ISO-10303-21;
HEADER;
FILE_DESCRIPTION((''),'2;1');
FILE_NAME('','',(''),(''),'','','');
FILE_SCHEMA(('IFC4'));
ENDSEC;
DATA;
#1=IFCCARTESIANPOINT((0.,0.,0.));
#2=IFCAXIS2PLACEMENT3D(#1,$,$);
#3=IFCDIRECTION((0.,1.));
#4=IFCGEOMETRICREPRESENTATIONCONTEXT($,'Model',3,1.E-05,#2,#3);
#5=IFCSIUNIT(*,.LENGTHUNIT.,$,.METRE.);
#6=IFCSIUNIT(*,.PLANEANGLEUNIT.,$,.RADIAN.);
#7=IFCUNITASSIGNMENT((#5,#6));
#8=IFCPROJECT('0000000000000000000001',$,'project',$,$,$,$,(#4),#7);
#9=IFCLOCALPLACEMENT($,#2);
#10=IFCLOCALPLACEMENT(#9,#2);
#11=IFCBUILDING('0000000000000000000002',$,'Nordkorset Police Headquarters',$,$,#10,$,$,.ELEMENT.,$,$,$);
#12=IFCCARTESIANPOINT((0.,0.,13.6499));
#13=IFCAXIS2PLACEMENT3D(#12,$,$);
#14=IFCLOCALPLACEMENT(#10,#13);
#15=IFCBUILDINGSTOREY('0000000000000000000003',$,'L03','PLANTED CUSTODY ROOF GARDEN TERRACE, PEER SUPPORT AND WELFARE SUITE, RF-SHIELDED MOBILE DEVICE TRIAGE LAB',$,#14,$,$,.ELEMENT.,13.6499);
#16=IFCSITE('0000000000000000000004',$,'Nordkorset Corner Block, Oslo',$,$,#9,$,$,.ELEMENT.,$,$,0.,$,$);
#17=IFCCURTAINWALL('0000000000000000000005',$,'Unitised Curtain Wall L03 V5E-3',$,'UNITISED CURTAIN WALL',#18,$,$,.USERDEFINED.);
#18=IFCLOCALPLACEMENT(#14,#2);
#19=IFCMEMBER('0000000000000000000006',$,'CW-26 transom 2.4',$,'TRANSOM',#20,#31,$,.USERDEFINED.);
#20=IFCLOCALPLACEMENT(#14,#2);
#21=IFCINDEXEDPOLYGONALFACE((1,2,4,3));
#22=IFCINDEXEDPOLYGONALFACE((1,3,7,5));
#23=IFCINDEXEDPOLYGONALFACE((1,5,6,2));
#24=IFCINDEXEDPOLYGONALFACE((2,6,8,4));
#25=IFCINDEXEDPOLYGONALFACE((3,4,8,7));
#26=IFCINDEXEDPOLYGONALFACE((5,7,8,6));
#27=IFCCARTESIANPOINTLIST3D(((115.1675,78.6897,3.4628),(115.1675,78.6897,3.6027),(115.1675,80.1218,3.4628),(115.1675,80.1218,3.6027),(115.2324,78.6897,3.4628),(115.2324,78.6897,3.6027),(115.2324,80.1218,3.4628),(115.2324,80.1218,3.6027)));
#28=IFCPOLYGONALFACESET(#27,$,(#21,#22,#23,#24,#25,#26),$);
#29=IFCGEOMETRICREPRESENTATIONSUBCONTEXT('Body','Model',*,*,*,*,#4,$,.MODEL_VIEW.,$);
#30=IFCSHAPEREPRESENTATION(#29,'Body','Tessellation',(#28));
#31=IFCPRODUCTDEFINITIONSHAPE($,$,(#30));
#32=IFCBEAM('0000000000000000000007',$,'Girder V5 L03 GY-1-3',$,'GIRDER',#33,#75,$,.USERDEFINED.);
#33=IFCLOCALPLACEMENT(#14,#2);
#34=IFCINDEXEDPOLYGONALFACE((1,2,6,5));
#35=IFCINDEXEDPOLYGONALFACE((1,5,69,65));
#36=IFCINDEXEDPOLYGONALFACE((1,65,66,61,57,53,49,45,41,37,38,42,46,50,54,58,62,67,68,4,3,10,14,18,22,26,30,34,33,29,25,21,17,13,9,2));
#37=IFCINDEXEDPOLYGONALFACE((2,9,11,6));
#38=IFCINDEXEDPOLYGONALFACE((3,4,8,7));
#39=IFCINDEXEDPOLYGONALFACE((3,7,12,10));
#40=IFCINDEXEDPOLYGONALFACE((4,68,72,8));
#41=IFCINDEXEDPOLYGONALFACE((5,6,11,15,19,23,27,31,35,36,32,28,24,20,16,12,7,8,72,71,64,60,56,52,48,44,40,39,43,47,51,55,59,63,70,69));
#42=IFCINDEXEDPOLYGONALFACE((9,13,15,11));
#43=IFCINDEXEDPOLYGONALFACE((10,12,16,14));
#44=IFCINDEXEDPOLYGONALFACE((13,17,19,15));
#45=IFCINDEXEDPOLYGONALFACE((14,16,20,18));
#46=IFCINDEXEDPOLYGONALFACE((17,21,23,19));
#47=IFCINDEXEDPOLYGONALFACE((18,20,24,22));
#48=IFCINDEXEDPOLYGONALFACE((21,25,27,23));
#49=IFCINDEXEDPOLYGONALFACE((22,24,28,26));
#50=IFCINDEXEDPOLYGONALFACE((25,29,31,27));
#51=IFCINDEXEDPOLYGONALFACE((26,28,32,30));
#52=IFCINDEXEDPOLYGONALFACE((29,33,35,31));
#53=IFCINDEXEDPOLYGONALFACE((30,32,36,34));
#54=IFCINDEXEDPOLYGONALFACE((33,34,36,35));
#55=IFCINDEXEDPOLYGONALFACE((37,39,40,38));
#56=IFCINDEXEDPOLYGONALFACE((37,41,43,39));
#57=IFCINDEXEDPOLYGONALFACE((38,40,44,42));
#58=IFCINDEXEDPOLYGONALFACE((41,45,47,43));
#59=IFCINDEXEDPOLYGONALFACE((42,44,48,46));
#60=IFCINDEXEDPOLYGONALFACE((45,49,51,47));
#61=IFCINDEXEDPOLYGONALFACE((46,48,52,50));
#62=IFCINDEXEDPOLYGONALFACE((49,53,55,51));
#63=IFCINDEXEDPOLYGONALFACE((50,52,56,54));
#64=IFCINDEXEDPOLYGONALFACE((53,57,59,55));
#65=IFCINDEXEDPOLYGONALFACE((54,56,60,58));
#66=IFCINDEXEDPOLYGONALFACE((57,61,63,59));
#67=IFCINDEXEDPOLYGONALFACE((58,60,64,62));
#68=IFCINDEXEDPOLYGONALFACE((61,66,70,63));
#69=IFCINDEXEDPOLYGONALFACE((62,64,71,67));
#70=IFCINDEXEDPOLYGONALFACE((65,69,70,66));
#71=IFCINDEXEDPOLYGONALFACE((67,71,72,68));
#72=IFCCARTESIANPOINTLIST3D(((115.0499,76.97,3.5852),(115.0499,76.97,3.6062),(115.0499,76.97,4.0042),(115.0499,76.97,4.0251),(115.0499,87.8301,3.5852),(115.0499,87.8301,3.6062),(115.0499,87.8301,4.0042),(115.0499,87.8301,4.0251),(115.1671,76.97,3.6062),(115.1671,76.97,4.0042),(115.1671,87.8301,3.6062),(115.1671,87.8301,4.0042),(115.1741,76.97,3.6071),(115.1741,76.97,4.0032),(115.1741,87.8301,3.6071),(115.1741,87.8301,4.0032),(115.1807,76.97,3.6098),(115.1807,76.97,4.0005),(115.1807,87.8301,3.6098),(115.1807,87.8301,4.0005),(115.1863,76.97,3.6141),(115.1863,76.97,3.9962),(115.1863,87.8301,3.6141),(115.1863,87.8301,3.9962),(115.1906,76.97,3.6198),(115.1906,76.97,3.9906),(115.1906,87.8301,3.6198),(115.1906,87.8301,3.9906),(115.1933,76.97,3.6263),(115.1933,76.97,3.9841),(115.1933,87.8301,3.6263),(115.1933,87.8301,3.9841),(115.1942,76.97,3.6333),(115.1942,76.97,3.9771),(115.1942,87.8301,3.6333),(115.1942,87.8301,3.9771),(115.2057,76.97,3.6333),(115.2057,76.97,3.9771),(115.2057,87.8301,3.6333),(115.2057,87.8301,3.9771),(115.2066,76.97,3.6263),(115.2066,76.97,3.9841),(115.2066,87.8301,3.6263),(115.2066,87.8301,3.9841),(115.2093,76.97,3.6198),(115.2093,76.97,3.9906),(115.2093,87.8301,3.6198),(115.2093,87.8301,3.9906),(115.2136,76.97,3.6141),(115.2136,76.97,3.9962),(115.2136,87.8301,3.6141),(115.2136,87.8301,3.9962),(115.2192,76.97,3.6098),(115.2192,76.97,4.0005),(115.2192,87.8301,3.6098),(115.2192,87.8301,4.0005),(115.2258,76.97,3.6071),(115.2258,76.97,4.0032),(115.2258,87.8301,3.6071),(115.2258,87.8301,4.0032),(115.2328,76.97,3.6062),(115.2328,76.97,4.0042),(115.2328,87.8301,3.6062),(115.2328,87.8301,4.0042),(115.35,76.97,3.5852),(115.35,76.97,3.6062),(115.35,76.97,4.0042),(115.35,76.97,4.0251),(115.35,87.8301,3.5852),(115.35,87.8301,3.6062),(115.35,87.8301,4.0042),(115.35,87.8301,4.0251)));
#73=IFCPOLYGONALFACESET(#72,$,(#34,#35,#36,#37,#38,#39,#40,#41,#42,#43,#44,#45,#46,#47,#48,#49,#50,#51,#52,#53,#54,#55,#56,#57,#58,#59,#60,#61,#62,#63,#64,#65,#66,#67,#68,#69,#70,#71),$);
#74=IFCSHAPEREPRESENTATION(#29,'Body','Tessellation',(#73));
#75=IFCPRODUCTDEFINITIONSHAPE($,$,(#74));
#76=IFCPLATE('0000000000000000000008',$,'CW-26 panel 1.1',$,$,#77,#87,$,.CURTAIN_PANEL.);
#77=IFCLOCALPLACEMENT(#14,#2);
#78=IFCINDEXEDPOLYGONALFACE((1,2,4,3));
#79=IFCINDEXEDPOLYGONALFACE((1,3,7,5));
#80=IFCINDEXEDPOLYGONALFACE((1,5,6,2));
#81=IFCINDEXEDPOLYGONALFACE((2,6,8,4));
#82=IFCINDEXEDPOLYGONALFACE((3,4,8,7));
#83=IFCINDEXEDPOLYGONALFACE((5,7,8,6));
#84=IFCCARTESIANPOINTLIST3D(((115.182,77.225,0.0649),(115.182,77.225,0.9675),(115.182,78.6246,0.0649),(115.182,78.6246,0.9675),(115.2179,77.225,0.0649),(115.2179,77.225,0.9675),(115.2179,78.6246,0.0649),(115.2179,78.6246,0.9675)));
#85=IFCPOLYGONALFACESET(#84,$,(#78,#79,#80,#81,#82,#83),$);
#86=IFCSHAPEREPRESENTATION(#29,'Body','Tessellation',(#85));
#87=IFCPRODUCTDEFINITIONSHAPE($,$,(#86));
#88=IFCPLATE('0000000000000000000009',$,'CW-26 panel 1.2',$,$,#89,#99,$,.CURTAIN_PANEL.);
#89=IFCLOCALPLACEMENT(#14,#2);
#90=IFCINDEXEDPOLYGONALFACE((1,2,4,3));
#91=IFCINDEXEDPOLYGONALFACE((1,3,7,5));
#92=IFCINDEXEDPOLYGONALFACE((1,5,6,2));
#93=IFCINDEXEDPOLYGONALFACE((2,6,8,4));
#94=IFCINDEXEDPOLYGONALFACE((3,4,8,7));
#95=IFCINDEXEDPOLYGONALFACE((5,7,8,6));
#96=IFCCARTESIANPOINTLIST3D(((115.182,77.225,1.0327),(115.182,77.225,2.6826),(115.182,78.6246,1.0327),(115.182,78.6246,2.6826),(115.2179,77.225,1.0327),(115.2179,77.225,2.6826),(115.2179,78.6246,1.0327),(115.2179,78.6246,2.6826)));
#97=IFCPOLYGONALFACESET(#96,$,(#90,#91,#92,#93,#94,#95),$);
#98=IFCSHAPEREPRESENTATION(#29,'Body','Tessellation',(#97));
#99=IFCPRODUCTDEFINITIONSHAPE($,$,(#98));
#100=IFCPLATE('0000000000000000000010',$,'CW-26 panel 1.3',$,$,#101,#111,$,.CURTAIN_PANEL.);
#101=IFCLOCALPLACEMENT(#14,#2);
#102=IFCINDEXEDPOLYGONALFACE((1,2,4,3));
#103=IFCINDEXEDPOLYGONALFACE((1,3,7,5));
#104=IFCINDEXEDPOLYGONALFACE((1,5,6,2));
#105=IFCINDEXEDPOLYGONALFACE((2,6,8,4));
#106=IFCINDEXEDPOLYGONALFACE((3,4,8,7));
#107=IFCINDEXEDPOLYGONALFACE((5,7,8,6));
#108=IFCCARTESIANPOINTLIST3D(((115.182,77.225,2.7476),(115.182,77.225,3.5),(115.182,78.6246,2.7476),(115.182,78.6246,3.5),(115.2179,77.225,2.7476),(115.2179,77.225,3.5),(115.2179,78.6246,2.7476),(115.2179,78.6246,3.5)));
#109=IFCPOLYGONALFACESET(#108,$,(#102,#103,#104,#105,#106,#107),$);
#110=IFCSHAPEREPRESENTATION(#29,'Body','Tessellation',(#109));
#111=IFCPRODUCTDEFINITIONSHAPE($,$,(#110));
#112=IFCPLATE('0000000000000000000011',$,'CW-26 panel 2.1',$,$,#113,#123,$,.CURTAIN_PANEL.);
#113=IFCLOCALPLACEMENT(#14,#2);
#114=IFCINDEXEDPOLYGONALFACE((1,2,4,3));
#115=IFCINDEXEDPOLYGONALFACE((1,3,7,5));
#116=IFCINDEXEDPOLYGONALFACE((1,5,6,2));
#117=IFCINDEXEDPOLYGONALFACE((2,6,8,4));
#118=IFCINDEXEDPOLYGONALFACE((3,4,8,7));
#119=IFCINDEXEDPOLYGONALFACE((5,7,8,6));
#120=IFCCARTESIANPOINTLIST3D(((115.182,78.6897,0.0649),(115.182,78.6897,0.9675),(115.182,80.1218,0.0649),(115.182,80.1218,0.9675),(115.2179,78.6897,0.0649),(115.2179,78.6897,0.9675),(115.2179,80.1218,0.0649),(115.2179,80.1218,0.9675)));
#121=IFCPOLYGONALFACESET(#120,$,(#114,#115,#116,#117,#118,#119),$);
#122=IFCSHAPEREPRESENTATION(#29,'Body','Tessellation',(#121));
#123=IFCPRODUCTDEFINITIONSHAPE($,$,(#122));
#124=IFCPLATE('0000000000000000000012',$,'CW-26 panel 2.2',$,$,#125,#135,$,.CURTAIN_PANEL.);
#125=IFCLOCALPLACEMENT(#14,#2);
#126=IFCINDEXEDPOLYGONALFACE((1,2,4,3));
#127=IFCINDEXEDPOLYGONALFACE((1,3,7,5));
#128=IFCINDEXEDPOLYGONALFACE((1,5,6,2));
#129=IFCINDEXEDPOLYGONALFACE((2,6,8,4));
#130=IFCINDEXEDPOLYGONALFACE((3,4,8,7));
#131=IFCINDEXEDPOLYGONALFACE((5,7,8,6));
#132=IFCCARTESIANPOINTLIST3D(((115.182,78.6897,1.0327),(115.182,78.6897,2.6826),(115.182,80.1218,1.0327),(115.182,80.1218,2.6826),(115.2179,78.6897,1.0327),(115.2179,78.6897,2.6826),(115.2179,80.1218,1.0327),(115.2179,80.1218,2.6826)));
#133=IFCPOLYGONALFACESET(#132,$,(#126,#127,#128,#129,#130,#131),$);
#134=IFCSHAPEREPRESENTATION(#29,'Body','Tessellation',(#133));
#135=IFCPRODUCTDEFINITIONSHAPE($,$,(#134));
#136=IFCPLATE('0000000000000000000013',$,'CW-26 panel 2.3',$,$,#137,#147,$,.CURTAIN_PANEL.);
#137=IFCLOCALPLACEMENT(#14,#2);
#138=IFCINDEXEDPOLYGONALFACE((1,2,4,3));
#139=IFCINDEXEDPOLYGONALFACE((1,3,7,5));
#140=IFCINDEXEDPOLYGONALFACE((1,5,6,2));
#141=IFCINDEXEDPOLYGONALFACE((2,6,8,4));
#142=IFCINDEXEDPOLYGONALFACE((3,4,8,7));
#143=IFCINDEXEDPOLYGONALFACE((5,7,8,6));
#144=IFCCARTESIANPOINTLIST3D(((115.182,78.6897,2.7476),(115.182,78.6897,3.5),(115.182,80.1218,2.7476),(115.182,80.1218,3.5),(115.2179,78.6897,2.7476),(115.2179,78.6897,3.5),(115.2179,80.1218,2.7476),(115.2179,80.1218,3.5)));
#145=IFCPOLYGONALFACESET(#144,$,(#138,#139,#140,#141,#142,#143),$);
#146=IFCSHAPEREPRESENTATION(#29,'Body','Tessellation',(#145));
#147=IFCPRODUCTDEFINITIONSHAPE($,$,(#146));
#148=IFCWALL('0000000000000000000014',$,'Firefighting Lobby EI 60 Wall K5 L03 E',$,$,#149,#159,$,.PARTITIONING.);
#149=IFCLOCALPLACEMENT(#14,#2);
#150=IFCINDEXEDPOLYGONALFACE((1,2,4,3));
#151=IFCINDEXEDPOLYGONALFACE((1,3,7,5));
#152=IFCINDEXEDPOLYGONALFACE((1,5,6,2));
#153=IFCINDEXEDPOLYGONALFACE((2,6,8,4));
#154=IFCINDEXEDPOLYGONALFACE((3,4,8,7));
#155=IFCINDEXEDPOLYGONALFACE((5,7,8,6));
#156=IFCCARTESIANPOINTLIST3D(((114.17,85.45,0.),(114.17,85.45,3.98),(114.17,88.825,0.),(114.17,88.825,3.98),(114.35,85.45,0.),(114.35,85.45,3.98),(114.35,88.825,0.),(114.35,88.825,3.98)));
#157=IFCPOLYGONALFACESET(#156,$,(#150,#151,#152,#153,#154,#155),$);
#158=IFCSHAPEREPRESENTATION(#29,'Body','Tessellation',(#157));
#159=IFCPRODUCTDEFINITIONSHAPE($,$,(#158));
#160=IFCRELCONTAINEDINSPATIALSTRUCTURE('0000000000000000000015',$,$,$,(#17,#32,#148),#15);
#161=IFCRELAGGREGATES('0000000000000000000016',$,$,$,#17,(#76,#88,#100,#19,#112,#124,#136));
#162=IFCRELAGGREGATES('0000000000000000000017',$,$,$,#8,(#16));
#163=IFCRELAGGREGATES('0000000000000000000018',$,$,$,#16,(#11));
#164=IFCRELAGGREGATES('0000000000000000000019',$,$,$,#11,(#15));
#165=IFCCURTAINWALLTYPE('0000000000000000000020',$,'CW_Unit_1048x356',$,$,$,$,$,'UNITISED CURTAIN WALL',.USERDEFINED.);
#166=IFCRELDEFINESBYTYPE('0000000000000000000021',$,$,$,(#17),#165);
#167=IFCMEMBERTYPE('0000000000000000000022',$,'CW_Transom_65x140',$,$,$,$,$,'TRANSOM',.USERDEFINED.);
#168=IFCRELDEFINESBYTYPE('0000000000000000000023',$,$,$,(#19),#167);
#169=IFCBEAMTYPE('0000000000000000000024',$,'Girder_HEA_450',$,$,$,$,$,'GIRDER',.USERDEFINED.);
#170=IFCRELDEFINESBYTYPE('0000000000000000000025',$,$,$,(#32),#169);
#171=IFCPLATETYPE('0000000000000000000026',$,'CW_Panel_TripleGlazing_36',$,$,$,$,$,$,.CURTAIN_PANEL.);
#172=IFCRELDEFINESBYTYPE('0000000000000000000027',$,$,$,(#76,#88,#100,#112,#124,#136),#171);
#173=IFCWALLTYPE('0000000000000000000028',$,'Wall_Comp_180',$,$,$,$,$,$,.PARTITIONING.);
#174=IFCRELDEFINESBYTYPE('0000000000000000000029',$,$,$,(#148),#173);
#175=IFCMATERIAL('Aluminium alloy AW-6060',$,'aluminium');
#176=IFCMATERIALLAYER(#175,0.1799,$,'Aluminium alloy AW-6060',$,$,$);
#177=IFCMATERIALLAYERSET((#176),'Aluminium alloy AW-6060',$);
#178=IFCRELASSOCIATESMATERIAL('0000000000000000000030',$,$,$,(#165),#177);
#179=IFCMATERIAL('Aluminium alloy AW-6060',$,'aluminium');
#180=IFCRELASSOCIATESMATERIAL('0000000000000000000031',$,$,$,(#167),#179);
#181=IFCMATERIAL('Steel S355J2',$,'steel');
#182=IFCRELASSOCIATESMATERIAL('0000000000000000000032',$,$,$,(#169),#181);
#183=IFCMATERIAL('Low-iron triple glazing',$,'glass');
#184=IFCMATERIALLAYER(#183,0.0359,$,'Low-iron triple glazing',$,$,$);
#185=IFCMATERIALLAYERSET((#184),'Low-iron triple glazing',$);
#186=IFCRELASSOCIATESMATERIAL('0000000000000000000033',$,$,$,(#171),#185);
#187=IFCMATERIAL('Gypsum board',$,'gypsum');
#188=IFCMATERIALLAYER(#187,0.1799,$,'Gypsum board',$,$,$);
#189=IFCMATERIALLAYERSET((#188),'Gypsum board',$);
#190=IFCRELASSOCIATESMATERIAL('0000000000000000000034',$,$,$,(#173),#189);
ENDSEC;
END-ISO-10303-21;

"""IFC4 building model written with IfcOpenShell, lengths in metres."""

from ifc_helpers import new_model, si_unit, direction, frame, frame_2d, origin, origin_2d, place, context, subcontext, project, spatial, rectangle, i_section, extrude, material, layer, layer_set, material_profile, profile_set, type_object, element, aggregate, save


model = new_model("IFC4")

# Units and contexts
model_context = context("Model", 3, precision=1e-05, world=origin(), true_north=direction((0.0, 1.0)))
body_context = subcontext(model_context, "Body", "Model", "MODEL_VIEW")
ifc_project = project(units=[si_unit("LENGTHUNIT", "METRE"), si_unit("PLANEANGLEUNIT", "RADIAN")], contexts=[model_context])

# Site, building, storey
site_placement = place(None, origin())
site = spatial("IfcSite", under=ifc_project, at=site_placement, Name="Nordkorset Corner Block, Oslo", CompositionType="ELEMENT", RefElevation=0.0)
building_placement = place(site_placement, origin())
building = spatial("IfcBuilding", under=site, at=building_placement, Name="Nordkorset Police Headquarters", CompositionType="ELEMENT")
storey_placement = place(building_placement, frame((0.0, 0.0, 13.6499)))
storey = spatial("IfcBuildingStorey", under=building, at=storey_placement, Name="L03", Description="PLANTED CUSTODY ROOF GARDEN TERRACE, PEER SUPPORT AND WELFARE SUITE, RF-SHIELDED MOBILE DEVICE TRIAGE LAB", CompositionType="ELEMENT", Elevation=13.6499)

# Curtain wall, member
ifc_material_1 = material(Name="Aluminium alloy AW-6060", Category="aluminium")
ifc_layer_1 = layer(ifc_material_1, 0.1799, Name="Aluminium alloy AW-6060")
ifc_layer_set_1 = layer_set([ifc_layer_1], Name="Aluminium alloy AW-6060")
curtain_wall_type_1 = type_object("IfcCurtainWallType", Name="CW_Unit_1048x356", ElementType="UNITISED CURTAIN WALL", PredefinedType="USERDEFINED", material=ifc_layer_set_1)
curtain_wall_1_placement = place(storey_placement, origin())
curtain_wall_1 = element("IfcCurtainWall", 1, at=curtain_wall_1_placement, inside=storey, type_object=curtain_wall_type_1, Name="Unitised Curtain Wall L03 V5E-3", ObjectType="UNITISED CURTAIN WALL", PredefinedType="USERDEFINED")
ifc_material_2 = material(Name="Aluminium alloy AW-6060", Category="aluminium")
ifc_material_profile_1 = material_profile(ifc_material_2, rectangle(XDim=0.0649, YDim=0.1399, at=origin_2d()), Name="ALU TRAN 65x140")
ifc_profile_set_1 = profile_set([ifc_material_profile_1], Name="Aluminium alloy AW-6060")
member_type_1 = type_object("IfcMemberType", Name="CW_Transom_65x140", ElementType="TRANSOM", PredefinedType="USERDEFINED", material=ifc_profile_set_1)
member_1_placement = place(storey_placement, frame((115.2, 78.6897, 3.5327), z_axis=(0.0, 1.0, 0.0), x_axis=(-1.0, 0.0, 0.0)))
member_1 = element("IfcMember", 2, at=member_1_placement, type_object=member_type_1, Name="CW-26 transom 2.4", ObjectType="TRANSOM", PredefinedType="USERDEFINED", context=body_context, shape_type="SweptSolid", body=[
    extrude(rectangle(XDim=0.0649, YDim=0.1399, at=origin_2d()), origin(), (0.0, 0.0, 1.0), 1.4321),
])

# Beam
ifc_material_3 = material(Name="Steel S355J2", Category="steel")
ifc_material_profile_2 = material_profile(ifc_material_3, i_section(OverallWidth=0.3, OverallDepth=0.4399, WebThickness=0.0115, FlangeThickness=0.021, FilletRadius=0.0271, at=origin_2d()), Name="HEA 450")
ifc_profile_set_2 = profile_set([ifc_material_profile_2], Name="Steel S355J2")
beam_type = type_object("IfcBeamType", Name="Girder_HEA_450", ElementType="GIRDER", PredefinedType="USERDEFINED", material=ifc_profile_set_2)
beam_placement = place(storey_placement, frame((115.2, 76.97, 3.8052), z_axis=(0.0, 1.0, 0.0), x_axis=(-1.0, 0.0, 0.0)))
element("IfcBeam", 3, at=beam_placement, inside=storey, type_object=beam_type, Name="Girder V5 L03 GY-1-3", ObjectType="GIRDER", PredefinedType="USERDEFINED", context=body_context, shape_type="SweptSolid", body=[
    extrude(i_section(OverallWidth=0.3, OverallDepth=0.4399, WebThickness=0.0115, FlangeThickness=0.021, FilletRadius=0.0271, at=origin_2d()), origin(), (0.0, 0.0, 1.0), 10.8601),
])

# Plates
ifc_material_4 = material(Name="Low-iron triple glazing", Category="glass")
ifc_layer_2 = layer(ifc_material_4, 0.0359, Name="Low-iron triple glazing")
ifc_layer_set_2 = layer_set([ifc_layer_2], Name="Low-iron triple glazing")
plate_type = type_object("IfcPlateType", Name="CW_Panel_TripleGlazing_36", PredefinedType="CURTAIN_PANEL", material=ifc_layer_set_2)
plate_1_placement = place(storey_placement, frame((115.2, 77.9248, 0.0649), z_axis=(0.0, 0.0, 1.0), x_axis=(0.0, 1.0, 0.0)))
plate_1 = element("IfcPlate", 4, at=plate_1_placement, type_object=plate_type, Name="CW-26 panel 1.1", PredefinedType="CURTAIN_PANEL", context=body_context, shape_type="SweptSolid", body=[
    extrude(rectangle(XDim=1.3997, YDim=0.0359, at=origin_2d()), origin(), (0.0, 0.0, 1.0), 0.9026),
])
plate_2_placement = place(storey_placement, frame((115.2, 77.9248, 1.0327), z_axis=(0.0, 0.0, 1.0), x_axis=(0.0, 1.0, 0.0)))
plate_2 = element("IfcPlate", 5, at=plate_2_placement, type_object=plate_type, Name="CW-26 panel 1.2", PredefinedType="CURTAIN_PANEL", context=body_context, shape_type="SweptSolid", body=[
    extrude(rectangle(XDim=1.3997, YDim=0.0359, at=origin_2d()), origin(), (0.0, 0.0, 1.0), 1.6499),
])
plate_3_placement = place(storey_placement, frame((115.2, 77.9248, 2.7476), z_axis=(0.0, 0.0, 1.0), x_axis=(0.0, 1.0, 0.0)))
plate_3 = element("IfcPlate", 6, at=plate_3_placement, type_object=plate_type, Name="CW-26 panel 1.3", PredefinedType="CURTAIN_PANEL", context=body_context, shape_type="SweptSolid", body=[
    extrude(rectangle(XDim=1.3997, YDim=0.0359, at=origin_2d()), origin(), (0.0, 0.0, 1.0), 0.7524),
])
plate_4_placement = place(storey_placement, frame((115.2, 79.4058, 0.0649), z_axis=(0.0, 0.0, 1.0), x_axis=(0.0, 1.0, 0.0)))
plate_4 = element("IfcPlate", 7, at=plate_4_placement, type_object=plate_type, Name="CW-26 panel 2.1", PredefinedType="CURTAIN_PANEL", context=body_context, shape_type="SweptSolid", body=[
    extrude(rectangle(XDim=1.4321, YDim=0.0359, at=origin_2d()), origin(), (0.0, 0.0, 1.0), 0.9026),
])
plate_5_placement = place(storey_placement, frame((115.2, 79.4058, 1.0327), z_axis=(0.0, 0.0, 1.0), x_axis=(0.0, 1.0, 0.0)))
plate_5 = element("IfcPlate", 8, at=plate_5_placement, type_object=plate_type, Name="CW-26 panel 2.2", PredefinedType="CURTAIN_PANEL", context=body_context, shape_type="SweptSolid", body=[
    extrude(rectangle(XDim=1.4321, YDim=0.0359, at=origin_2d()), origin(), (0.0, 0.0, 1.0), 1.6499),
])
plate_6_placement = place(storey_placement, frame((115.2, 79.4058, 2.7476), z_axis=(0.0, 0.0, 1.0), x_axis=(0.0, 1.0, 0.0)))
plate_6 = element("IfcPlate", 9, at=plate_6_placement, type_object=plate_type, Name="CW-26 panel 2.3", PredefinedType="CURTAIN_PANEL", context=body_context, shape_type="SweptSolid", body=[
    extrude(rectangle(XDim=1.4321, YDim=0.0359, at=origin_2d()), origin(), (0.0, 0.0, 1.0), 0.7524),
])
aggregate(curtain_wall_1, [plate_1, plate_2, plate_3, member_1, plate_4, plate_5, plate_6])

# Wall
ifc_material_5 = material(Name="Gypsum board", Category="gypsum")
ifc_layer_3 = layer(ifc_material_5, 0.1799, Name="Gypsum board")
ifc_layer_set_3 = layer_set([ifc_layer_3], Name="Gypsum board")
wall_type = type_object("IfcWallType", Name="Wall_Comp_180", PredefinedType="PARTITIONING", material=ifc_layer_set_3)
wall_placement = place(storey_placement, frame((114.26, 85.45, 0.0), z_axis=(0.0, 0.0, 1.0), x_axis=(0.0, 1.0, 0.0)))
element("IfcWall", 10, at=wall_placement, inside=storey, type_object=wall_type, Name="Firefighting Lobby EI 60 Wall K5 L03 E", PredefinedType="PARTITIONING", context=body_context, shape_type="SweptSolid", body=[
    extrude(rectangle(XDim=3.375, YDim=0.1799, at=frame_2d((1.6875, 0.0))), origin(), (0.0, 0.0, 1.0), 3.98),
])

save(model, "model.ifc")
